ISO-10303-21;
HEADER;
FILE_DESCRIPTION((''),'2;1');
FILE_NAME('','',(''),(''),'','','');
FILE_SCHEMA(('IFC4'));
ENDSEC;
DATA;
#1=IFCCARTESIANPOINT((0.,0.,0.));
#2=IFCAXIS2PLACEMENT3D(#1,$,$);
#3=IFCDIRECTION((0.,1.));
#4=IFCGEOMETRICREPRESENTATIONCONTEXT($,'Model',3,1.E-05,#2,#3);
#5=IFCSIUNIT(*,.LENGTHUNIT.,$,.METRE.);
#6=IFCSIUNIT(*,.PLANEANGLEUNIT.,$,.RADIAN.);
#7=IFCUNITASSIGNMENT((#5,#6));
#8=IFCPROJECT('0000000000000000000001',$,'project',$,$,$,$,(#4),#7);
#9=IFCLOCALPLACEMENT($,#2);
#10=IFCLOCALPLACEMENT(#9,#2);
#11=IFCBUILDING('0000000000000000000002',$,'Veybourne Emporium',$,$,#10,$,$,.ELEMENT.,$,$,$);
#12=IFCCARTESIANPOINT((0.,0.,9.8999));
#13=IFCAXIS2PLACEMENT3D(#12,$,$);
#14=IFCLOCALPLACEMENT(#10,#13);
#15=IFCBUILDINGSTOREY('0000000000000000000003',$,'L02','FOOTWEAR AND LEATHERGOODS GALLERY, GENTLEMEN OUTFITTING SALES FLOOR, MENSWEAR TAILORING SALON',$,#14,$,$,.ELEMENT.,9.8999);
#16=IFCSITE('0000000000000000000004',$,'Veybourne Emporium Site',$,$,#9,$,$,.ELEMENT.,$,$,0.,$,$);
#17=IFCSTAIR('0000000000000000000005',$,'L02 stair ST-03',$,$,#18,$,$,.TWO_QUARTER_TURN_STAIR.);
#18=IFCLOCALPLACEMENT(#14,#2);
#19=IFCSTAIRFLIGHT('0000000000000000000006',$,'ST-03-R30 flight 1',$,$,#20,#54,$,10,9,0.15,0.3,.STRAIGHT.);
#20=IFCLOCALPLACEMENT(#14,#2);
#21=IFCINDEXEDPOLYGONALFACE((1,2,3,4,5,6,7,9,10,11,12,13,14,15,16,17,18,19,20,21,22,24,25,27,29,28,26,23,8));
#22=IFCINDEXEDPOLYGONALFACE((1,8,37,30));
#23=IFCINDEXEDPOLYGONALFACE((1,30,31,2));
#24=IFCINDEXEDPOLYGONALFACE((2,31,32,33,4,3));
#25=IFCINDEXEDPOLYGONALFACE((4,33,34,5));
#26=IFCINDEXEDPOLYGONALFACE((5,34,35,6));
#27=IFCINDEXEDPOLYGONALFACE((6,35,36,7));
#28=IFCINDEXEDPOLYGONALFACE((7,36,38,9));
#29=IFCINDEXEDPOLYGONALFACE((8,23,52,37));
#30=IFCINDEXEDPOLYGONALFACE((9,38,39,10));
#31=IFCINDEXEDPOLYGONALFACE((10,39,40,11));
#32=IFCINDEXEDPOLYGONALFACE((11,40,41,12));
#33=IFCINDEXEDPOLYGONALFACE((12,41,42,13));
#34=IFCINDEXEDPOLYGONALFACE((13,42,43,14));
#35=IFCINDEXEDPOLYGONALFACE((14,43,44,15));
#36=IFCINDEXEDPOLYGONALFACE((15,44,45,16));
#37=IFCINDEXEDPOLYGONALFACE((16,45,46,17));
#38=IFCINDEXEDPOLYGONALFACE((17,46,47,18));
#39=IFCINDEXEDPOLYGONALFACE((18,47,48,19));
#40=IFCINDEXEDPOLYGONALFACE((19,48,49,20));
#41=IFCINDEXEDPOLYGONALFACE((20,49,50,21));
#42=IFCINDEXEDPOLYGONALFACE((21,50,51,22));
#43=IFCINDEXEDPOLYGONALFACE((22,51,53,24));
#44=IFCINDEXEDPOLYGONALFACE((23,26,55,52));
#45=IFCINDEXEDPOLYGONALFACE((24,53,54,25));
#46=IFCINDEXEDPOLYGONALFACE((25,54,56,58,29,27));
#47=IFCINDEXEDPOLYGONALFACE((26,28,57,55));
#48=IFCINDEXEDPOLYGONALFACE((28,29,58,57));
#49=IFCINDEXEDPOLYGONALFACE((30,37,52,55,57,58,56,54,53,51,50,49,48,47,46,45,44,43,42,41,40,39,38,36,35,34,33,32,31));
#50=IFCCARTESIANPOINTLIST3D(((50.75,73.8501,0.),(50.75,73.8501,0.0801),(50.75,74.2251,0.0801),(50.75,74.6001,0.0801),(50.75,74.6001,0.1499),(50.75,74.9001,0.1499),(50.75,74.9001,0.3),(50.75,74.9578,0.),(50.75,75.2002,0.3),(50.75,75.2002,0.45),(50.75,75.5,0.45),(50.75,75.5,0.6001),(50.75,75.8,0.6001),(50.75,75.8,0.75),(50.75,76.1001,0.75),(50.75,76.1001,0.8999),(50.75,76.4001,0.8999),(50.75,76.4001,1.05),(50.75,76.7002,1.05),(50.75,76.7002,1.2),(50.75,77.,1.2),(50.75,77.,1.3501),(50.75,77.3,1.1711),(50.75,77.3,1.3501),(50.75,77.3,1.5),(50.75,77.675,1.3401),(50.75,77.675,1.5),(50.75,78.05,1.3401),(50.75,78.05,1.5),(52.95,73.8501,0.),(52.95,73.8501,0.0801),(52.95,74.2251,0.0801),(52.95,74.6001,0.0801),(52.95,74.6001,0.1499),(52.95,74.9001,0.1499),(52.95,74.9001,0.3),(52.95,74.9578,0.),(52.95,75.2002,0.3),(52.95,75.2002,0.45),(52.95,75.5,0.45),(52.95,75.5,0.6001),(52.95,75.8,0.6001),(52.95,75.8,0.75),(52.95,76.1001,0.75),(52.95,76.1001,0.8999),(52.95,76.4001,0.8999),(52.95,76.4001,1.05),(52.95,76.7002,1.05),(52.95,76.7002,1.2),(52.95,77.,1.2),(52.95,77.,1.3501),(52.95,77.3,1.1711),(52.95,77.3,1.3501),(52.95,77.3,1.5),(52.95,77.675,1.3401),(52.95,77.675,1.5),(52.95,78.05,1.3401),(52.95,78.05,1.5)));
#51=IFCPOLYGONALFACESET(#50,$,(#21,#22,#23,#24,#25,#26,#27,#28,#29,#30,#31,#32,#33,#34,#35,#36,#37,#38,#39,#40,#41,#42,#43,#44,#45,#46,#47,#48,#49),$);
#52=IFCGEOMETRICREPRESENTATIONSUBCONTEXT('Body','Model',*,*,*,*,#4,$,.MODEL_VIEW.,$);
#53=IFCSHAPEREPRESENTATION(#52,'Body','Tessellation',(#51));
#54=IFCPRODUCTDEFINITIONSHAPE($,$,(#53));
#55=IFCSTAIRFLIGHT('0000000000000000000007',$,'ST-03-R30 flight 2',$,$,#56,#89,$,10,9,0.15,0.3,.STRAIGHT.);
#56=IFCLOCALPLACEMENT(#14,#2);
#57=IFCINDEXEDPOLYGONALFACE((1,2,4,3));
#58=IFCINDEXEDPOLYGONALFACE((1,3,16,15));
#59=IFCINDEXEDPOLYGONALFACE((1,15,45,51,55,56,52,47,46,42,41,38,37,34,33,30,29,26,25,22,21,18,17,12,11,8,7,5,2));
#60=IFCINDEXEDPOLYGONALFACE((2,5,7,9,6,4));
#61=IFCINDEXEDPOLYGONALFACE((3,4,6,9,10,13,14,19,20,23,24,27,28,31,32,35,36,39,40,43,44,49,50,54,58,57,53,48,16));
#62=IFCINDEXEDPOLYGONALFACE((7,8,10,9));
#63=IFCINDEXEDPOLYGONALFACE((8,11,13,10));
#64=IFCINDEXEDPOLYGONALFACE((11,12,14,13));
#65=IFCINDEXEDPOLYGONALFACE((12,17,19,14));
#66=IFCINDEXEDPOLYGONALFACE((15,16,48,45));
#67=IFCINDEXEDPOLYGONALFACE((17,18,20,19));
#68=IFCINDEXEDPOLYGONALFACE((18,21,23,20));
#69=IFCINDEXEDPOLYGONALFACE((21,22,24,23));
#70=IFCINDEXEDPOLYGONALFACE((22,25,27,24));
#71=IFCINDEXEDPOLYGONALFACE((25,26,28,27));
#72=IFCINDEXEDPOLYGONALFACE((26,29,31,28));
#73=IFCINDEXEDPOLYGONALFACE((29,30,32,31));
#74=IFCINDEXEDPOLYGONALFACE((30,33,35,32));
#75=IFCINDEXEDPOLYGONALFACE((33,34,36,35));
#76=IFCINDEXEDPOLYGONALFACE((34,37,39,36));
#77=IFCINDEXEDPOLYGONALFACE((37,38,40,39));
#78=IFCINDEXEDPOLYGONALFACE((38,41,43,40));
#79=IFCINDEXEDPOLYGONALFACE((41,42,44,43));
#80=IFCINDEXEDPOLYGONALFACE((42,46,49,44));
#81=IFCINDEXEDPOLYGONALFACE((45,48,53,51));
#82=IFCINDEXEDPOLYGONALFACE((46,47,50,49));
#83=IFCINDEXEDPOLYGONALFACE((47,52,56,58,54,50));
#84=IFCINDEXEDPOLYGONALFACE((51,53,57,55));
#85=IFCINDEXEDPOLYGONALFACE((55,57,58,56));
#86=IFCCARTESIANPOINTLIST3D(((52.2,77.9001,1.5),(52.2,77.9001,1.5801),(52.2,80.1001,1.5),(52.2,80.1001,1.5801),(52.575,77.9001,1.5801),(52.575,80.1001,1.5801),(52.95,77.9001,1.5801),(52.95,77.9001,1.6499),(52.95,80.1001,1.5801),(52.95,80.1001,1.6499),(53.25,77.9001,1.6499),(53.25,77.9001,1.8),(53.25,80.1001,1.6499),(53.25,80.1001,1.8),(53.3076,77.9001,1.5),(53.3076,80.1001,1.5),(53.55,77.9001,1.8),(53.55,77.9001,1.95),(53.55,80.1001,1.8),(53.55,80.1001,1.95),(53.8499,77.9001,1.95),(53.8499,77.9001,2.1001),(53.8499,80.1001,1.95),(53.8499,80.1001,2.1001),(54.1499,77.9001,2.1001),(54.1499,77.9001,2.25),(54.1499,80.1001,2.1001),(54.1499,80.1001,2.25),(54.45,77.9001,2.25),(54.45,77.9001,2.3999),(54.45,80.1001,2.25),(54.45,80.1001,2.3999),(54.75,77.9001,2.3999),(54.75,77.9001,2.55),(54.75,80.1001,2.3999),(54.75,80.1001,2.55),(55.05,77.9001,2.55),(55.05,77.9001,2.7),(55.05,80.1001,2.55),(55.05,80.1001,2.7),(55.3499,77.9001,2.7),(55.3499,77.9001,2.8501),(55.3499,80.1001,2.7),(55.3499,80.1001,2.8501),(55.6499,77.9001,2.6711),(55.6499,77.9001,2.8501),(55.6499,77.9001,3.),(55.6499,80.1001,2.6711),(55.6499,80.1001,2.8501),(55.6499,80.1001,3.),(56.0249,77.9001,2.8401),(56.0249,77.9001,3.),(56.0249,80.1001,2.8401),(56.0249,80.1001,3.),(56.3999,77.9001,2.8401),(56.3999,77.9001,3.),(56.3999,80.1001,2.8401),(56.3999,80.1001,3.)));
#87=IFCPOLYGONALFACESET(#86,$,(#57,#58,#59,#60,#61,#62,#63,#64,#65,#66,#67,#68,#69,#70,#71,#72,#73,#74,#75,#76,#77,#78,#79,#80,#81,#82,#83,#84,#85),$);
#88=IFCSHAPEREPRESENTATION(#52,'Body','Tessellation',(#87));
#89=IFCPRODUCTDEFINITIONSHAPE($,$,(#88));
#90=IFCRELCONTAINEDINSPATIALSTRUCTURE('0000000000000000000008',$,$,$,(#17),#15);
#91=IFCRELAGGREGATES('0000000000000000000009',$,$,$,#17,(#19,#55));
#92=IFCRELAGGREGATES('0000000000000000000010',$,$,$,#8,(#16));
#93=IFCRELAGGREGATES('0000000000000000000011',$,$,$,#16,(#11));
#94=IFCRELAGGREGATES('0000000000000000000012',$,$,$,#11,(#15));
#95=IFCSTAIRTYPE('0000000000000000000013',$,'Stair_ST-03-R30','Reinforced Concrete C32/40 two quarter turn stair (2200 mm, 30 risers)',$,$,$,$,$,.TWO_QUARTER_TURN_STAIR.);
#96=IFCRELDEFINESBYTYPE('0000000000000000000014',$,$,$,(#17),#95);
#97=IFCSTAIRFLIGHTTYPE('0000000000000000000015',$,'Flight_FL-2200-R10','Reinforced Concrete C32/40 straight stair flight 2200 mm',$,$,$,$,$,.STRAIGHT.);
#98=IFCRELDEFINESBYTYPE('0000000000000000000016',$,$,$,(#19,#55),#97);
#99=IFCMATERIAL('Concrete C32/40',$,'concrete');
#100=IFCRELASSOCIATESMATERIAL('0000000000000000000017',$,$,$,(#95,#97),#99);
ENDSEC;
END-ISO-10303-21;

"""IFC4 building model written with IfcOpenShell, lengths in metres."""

from ifc_helpers import new_model, si_unit, direction, frame, origin, place, context, subcontext, project, spatial, polyline, outline, extrude, material, type_object, element, aggregate, save


model = new_model("IFC4")

# Units and contexts
model_context = context("Model", 3, precision=1e-05, world=origin(), true_north=direction((0.0, 1.0)))
body_context = subcontext(model_context, "Body", "Model", "MODEL_VIEW")
ifc_project = project(units=[si_unit("LENGTHUNIT", "METRE"), si_unit("PLANEANGLEUNIT", "RADIAN")], contexts=[model_context])

# Site, building, storey
site_placement = place(None, origin())
site = spatial("IfcSite", under=ifc_project, at=site_placement, Name="Veybourne Emporium Site", CompositionType="ELEMENT", RefElevation=0.0)
building_placement = place(site_placement, origin())
building = spatial("IfcBuilding", under=site, at=building_placement, Name="Veybourne Emporium", CompositionType="ELEMENT")
storey_placement = place(building_placement, frame((0.0, 0.0, 9.8999)))
storey = spatial("IfcBuildingStorey", under=building, at=storey_placement, Name="L02", Description="FOOTWEAR AND LEATHERGOODS GALLERY, GENTLEMEN OUTFITTING SALES FLOOR, MENSWEAR TAILORING SALON", CompositionType="ELEMENT", Elevation=9.8999)

# Shared definitions
ifc_material_1 = material(Name="Concrete C32/40", Category="concrete")

# Stair, stair flights
stair_type = type_object("IfcStairType", Name="Stair_ST-03-R30", Description="Reinforced Concrete C32/40 two quarter turn stair (2200 mm, 30 risers)", PredefinedType="TWO_QUARTER_TURN_STAIR", material=ifc_material_1)
stair_placement = place(storey_placement, origin())
stair = element("IfcStair", 1, at=stair_placement, inside=storey, type_object=stair_type, Name="L02 stair ST-03", PredefinedType="TWO_QUARTER_TURN_STAIR")
stair_flight_type = type_object("IfcStairFlightType", Name="Flight_FL-2200-R10", Description="Reinforced Concrete C32/40 straight stair flight 2200 mm", PredefinedType="STRAIGHT", material=ifc_material_1)
stair_flight_1_placement = place(storey_placement, frame((51.8501, 74.6001, 0.0), z_axis=(0.0, 0.0, 1.0), x_axis=(0.0, 1.0, 0.0)))
stair_flight_1 = element("IfcStairFlight", 2, at=stair_flight_1_placement, type_object=stair_flight_type, Name="ST-03-R30 flight 1", NumberOfRisers=10, NumberOfTreads=9, PredefinedType="STRAIGHT", RiserHeight=0.15, TreadLength=0.3, context=body_context, shape_type="SweptSolid", body=[
    extrude(outline(polyline([(-0.75, 0.0), (-0.75, 0.0801), (-0.375, 0.0801), (0.0, 0.0801), (0.0, 0.1499), (0.3, 0.1499), (0.3, 0.3), (0.6001, 0.3), (0.6001, 0.45), (0.8999, 0.45), (0.8999, 0.6001), (1.2, 0.6001), (1.2, 0.75), (1.5, 0.75), (1.5, 0.8999), (1.8, 0.8999), (1.8, 1.05), (2.1001, 1.05), (2.1001, 1.2), (2.3999, 1.2), (2.3999, 1.3501), (2.7, 1.3501), (2.7, 1.5), (3.075, 1.5), (3.45, 1.5), (3.45, 1.3401), (3.075, 1.3401), (2.7, 1.1711), (0.3577, 0.0), (-0.75, 0.0)])), frame((0.0, 1.1001, 0.0), z_axis=(0.0, -1.0, 0.0), x_axis=(1.0, 0.0, 0.0)), (0.0, 0.0, 1.0), 2.2),
])
stair_flight_2_placement = place(storey_placement, frame((52.95, 79.0, 1.5), z_axis=(0.0, 0.0, 1.0), x_axis=(1.0, 0.0, 0.0)))
stair_flight_2 = element("IfcStairFlight", 3, at=stair_flight_2_placement, type_object=stair_flight_type, Name="ST-03-R30 flight 2", NumberOfRisers=10, NumberOfTreads=9, PredefinedType="STRAIGHT", RiserHeight=0.15, TreadLength=0.3, context=body_context, shape_type="SweptSolid", body=[
    extrude(outline(polyline([(-0.75, 0.0), (-0.75, 0.0801), (-0.375, 0.0801), (0.0, 0.0801), (0.0, 0.1499), (0.3, 0.1499), (0.3, 0.3), (0.6001, 0.3), (0.6001, 0.45), (0.8999, 0.45), (0.8999, 0.6001), (1.2, 0.6001), (1.2, 0.75), (1.5, 0.75), (1.5, 0.8999), (1.8, 0.8999), (1.8, 1.05), (2.1001, 1.05), (2.1001, 1.2), (2.3999, 1.2), (2.3999, 1.3501), (2.7, 1.3501), (2.7, 1.5), (3.075, 1.5), (3.45, 1.5), (3.45, 1.3401), (3.075, 1.3401), (2.7, 1.1711), (0.3577, 0.0), (-0.75, 0.0)])), frame((0.0, 1.1001, 0.0), z_axis=(0.0, -1.0, 0.0), x_axis=(1.0, 0.0, 0.0)), (0.0, 0.0, 1.0), 2.2),
])
aggregate(stair, [stair_flight_1, stair_flight_2])

save(model, "model.ifc")
